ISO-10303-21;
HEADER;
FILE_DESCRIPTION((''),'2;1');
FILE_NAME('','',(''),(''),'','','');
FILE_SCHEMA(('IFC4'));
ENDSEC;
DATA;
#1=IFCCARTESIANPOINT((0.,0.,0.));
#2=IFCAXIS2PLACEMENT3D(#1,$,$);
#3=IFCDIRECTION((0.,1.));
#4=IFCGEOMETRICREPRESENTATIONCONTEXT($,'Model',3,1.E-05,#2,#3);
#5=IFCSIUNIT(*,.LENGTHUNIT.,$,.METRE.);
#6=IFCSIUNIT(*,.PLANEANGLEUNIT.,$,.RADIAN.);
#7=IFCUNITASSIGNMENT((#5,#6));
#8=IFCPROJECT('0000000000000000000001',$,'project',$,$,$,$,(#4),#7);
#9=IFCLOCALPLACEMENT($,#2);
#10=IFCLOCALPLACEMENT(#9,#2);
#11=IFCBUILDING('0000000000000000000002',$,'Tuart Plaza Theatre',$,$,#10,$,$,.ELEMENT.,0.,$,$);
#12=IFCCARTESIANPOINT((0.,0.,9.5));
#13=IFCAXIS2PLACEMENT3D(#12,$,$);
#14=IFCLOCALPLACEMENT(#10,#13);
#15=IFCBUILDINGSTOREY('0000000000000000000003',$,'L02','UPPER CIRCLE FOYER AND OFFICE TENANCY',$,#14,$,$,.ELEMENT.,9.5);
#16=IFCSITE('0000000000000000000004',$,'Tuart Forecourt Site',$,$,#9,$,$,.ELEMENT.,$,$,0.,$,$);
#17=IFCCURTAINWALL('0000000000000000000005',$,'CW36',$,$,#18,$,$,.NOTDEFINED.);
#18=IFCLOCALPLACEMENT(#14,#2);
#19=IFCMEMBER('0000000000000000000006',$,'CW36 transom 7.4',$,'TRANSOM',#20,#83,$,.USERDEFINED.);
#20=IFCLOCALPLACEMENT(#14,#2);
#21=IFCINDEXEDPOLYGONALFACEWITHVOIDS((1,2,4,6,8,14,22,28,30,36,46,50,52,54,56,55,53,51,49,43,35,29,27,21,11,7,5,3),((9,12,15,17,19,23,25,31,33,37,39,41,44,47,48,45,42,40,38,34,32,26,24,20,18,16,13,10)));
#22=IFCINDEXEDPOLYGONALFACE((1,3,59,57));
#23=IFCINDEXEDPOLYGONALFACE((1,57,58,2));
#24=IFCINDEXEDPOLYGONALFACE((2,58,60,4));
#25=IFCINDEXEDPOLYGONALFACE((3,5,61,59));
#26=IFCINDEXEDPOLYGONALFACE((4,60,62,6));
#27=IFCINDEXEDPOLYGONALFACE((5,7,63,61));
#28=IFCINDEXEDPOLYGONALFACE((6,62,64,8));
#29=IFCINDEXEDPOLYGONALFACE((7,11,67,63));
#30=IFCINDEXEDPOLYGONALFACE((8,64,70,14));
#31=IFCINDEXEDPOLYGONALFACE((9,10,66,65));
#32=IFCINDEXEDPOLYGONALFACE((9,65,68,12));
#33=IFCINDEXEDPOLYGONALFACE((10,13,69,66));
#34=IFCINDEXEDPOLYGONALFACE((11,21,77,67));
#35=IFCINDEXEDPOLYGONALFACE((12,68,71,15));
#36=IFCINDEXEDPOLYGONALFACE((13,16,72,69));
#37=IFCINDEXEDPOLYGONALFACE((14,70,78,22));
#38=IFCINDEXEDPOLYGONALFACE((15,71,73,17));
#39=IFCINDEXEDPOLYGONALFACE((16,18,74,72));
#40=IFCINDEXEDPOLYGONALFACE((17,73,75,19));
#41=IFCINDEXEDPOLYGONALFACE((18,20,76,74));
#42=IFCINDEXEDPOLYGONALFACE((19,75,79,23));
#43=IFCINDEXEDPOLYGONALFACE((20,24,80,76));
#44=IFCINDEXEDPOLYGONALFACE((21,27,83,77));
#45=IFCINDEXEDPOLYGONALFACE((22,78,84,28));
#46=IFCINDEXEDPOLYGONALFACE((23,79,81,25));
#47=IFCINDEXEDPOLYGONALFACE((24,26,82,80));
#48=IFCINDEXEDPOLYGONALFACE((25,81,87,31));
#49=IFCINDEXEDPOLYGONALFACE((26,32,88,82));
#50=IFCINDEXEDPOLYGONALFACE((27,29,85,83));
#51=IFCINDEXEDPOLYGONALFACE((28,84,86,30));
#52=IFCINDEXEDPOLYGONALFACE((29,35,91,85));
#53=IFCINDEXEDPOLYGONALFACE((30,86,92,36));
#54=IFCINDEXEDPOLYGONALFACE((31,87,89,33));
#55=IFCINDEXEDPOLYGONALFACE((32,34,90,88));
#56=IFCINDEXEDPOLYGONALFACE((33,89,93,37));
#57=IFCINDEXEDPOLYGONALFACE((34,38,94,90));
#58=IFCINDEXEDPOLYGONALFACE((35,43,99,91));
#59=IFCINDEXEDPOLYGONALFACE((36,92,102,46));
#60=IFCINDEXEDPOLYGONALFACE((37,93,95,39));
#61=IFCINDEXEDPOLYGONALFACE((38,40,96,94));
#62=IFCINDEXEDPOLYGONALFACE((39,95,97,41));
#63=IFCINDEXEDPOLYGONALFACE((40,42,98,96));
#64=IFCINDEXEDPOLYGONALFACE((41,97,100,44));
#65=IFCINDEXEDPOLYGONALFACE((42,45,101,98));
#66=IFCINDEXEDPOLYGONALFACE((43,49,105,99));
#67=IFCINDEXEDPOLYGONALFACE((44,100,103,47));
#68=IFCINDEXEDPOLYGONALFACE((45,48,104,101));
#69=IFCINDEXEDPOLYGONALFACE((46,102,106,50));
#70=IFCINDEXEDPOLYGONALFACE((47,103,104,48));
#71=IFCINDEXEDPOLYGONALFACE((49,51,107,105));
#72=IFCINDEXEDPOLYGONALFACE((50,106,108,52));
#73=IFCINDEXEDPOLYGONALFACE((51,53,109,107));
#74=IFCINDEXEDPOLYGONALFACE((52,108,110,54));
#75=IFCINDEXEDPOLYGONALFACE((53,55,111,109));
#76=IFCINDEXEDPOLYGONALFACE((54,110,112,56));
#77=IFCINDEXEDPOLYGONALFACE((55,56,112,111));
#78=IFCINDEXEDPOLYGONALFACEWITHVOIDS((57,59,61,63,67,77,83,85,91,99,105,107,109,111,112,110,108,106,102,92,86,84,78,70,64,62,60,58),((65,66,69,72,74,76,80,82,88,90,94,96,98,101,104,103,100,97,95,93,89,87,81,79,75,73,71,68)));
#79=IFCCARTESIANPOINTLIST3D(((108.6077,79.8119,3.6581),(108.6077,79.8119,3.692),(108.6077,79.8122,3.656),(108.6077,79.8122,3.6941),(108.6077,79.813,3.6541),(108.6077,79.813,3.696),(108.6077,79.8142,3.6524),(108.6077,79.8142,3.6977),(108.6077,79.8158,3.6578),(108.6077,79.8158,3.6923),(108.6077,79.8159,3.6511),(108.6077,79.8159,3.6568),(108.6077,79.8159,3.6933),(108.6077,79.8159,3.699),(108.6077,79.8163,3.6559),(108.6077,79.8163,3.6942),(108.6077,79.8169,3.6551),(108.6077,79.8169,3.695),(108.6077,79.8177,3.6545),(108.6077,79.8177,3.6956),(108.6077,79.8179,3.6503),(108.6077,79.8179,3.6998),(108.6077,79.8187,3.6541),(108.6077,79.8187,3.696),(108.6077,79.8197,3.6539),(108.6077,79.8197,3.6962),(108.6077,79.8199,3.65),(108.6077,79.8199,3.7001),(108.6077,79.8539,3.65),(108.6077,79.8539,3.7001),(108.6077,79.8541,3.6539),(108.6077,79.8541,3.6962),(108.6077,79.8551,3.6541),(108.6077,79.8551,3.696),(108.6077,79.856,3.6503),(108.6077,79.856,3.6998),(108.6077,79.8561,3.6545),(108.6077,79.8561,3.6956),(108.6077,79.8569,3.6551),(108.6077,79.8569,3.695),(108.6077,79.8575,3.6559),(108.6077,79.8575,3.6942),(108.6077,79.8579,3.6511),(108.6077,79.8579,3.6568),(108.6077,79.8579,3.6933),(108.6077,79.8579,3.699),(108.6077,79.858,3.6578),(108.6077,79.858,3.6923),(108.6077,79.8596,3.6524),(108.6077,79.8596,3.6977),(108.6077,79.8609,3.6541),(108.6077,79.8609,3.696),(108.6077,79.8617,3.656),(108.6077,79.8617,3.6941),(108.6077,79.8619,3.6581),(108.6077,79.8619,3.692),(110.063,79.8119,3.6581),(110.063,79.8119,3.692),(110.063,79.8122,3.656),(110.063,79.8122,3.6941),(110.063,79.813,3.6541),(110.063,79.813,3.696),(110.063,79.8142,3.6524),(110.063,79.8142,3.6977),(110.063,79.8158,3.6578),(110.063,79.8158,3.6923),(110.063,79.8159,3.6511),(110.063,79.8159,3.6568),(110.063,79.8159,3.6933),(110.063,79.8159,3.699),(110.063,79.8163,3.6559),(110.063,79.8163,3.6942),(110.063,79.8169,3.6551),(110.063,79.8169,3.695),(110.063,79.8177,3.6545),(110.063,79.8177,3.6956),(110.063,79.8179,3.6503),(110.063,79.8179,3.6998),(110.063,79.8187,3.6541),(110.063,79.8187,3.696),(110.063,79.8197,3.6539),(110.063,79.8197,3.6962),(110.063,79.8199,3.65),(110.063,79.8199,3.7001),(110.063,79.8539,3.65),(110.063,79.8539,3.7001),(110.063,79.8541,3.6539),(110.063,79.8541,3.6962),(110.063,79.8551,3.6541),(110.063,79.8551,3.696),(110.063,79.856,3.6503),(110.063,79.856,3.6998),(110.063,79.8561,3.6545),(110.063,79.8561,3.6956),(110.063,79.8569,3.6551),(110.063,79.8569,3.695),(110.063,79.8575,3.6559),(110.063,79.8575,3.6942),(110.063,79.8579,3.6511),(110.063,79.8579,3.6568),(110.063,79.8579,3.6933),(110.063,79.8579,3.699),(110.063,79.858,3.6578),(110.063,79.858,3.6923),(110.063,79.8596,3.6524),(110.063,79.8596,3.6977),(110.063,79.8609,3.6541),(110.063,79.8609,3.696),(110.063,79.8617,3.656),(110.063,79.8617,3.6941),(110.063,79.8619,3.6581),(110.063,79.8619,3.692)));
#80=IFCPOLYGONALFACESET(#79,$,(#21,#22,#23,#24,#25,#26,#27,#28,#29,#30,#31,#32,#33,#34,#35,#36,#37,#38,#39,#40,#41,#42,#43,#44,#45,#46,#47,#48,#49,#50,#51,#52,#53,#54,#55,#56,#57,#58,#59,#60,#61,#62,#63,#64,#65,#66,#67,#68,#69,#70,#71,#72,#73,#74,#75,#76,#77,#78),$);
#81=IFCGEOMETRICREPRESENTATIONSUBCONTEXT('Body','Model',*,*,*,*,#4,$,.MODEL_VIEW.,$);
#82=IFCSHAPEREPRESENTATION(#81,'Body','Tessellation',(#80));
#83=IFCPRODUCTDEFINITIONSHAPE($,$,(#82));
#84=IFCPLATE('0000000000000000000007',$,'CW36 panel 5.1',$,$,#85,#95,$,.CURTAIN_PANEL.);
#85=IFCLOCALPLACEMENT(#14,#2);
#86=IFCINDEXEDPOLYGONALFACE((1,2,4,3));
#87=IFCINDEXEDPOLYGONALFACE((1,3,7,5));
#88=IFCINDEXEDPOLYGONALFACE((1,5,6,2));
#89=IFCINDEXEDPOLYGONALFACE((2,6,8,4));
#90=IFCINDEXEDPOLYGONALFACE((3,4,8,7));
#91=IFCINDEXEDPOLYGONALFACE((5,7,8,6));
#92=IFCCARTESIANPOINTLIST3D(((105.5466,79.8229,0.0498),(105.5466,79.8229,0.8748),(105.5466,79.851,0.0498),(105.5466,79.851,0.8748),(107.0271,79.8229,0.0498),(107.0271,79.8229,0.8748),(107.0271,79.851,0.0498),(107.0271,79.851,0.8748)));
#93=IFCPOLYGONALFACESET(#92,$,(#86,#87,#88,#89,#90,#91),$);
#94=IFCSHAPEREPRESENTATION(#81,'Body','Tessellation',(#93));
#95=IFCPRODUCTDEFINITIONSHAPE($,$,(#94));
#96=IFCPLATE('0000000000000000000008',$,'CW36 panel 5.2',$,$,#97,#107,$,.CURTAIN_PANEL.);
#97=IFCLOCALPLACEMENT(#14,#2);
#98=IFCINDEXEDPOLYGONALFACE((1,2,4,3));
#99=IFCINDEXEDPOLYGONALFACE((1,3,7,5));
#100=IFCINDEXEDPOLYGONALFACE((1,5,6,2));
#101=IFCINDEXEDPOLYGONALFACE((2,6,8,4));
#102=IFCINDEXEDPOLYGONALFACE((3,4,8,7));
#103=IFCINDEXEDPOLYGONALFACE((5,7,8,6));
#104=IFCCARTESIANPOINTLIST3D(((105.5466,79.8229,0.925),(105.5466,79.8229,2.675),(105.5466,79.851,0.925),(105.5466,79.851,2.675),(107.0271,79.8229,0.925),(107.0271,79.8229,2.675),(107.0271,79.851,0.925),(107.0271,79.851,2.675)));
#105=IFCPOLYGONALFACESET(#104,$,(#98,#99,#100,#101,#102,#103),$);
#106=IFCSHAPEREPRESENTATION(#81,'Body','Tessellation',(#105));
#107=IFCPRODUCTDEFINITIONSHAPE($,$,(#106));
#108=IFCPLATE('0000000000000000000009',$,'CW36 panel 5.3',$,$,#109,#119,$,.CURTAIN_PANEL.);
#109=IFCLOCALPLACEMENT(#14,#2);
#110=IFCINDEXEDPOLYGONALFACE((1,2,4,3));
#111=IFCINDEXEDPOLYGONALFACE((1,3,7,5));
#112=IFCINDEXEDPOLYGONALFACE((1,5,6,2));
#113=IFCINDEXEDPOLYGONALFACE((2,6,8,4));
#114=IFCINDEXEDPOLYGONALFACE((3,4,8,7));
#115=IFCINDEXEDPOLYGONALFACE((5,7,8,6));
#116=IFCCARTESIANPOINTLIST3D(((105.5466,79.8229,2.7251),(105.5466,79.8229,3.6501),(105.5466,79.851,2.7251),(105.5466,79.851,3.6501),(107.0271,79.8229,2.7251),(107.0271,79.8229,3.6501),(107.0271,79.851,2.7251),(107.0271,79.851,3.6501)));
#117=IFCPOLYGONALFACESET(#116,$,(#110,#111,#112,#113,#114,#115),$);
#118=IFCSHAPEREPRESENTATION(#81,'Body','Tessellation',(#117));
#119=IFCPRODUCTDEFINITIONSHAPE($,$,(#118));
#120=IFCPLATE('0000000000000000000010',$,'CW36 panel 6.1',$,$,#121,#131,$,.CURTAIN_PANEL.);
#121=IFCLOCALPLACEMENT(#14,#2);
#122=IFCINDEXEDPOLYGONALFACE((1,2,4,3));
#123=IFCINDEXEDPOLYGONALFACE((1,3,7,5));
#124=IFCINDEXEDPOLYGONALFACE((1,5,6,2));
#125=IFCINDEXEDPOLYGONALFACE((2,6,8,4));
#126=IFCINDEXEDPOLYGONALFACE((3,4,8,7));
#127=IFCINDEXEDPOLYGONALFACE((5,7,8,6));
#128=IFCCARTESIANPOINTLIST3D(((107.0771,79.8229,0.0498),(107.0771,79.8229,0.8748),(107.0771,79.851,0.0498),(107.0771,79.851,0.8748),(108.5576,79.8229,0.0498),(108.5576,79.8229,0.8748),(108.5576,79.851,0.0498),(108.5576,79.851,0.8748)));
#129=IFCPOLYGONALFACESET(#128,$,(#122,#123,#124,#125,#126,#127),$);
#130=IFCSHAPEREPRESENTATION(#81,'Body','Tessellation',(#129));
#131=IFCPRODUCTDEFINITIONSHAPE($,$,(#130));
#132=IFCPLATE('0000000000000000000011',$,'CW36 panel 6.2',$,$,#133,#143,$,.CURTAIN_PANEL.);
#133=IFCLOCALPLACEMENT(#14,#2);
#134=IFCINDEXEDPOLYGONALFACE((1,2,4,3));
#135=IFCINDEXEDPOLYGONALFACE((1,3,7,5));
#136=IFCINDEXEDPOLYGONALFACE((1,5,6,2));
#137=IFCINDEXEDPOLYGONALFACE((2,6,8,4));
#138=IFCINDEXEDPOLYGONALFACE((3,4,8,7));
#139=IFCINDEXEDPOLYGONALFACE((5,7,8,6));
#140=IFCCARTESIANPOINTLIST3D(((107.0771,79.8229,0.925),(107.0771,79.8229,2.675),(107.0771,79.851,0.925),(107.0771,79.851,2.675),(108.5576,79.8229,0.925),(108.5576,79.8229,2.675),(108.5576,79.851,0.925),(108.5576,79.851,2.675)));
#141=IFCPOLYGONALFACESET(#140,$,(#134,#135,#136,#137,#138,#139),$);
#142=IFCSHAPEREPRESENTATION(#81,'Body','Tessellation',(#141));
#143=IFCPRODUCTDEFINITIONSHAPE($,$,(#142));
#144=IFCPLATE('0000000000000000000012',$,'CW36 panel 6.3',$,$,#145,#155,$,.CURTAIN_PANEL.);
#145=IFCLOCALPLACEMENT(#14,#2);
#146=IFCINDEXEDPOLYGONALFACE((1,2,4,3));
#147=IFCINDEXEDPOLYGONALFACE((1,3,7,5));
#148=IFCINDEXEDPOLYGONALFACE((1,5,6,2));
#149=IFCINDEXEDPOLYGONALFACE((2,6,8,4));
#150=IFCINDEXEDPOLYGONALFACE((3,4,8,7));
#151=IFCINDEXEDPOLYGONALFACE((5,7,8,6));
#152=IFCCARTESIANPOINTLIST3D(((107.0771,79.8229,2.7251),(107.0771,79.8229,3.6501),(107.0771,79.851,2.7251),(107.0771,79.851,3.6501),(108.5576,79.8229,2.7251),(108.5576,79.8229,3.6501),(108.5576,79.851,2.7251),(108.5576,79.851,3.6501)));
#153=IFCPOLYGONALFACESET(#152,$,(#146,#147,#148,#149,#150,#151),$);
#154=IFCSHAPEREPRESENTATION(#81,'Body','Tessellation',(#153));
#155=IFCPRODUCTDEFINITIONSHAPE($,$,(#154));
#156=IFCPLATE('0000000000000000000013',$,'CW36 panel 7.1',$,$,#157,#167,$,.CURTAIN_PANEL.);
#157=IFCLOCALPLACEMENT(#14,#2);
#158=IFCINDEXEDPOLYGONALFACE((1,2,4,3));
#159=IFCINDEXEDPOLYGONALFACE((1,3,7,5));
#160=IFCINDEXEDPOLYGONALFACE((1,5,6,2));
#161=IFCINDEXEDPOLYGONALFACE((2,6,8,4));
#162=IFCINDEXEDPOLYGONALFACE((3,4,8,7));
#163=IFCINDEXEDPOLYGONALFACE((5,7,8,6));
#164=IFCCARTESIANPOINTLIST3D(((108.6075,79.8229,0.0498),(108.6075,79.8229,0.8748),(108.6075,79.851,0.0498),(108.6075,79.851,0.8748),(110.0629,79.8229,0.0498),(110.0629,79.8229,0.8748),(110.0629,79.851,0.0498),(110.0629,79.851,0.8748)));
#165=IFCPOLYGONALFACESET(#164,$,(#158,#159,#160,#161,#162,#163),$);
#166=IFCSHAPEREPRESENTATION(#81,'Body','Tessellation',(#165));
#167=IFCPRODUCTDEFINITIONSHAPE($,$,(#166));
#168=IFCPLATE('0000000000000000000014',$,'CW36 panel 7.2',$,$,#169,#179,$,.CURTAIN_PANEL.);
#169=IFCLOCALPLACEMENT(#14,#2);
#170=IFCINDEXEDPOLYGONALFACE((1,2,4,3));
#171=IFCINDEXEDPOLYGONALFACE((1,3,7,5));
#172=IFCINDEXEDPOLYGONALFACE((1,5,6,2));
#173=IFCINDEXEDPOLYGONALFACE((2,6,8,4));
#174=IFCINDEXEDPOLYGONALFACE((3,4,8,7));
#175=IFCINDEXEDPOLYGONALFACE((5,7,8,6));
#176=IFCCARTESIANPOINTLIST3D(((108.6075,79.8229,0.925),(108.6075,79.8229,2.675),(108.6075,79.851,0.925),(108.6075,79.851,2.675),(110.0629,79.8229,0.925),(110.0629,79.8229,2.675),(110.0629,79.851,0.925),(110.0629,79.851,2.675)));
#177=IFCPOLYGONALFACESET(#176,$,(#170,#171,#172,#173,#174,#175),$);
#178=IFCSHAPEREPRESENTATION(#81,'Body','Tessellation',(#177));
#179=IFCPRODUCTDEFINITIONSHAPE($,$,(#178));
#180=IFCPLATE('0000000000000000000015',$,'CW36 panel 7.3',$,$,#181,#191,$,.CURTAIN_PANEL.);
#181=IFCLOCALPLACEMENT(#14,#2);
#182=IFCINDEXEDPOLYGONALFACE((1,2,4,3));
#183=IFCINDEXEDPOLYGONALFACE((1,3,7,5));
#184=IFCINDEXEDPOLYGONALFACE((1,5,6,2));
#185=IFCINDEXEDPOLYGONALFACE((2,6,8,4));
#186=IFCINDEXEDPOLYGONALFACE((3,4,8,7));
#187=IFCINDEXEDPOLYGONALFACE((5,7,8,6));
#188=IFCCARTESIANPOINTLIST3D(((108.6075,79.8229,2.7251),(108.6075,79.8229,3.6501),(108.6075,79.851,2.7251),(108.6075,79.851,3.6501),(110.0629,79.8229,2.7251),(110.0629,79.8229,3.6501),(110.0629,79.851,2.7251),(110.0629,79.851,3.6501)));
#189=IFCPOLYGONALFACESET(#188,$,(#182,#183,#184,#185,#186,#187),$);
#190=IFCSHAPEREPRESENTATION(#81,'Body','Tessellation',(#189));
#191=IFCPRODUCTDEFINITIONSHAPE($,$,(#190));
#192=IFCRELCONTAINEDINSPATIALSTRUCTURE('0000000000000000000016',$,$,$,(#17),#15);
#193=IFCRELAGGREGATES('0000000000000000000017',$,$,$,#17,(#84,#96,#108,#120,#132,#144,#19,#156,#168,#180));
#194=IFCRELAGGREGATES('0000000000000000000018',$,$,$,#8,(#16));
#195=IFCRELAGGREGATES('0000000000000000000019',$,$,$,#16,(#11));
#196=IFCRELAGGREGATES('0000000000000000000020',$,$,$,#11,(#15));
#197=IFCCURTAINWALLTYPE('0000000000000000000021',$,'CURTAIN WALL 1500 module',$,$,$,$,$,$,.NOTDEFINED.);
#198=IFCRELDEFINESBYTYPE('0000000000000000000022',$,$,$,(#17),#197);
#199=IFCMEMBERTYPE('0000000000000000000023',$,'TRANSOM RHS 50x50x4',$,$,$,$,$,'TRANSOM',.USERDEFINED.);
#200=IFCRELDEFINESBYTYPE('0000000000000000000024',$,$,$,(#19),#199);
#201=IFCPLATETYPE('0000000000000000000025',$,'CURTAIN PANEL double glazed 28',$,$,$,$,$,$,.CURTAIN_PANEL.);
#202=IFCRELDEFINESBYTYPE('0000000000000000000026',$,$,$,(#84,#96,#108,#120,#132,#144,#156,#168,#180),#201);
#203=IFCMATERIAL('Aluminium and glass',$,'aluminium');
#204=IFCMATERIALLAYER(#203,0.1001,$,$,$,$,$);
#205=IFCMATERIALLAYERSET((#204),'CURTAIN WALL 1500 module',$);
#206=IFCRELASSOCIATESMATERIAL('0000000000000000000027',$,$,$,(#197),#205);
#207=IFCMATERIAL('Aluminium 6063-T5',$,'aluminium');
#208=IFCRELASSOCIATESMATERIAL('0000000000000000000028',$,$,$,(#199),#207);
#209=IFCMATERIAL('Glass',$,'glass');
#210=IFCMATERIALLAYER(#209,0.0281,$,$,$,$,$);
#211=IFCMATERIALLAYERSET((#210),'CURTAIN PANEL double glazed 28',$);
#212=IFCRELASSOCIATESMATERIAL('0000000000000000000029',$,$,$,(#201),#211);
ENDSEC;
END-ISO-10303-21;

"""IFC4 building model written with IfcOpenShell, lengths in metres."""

from ifc_helpers import new_model, si_unit, direction, frame, origin, origin_2d, place, context, subcontext, project, spatial, rectangle, hollow_rectangle, extrude, material, layer, layer_set, material_profile, profile_set, type_object, element, aggregate, save


model = new_model("IFC4")

# Units and contexts
model_context = context("Model", 3, precision=1e-05, world=origin(), true_north=direction((0.0, 1.0)))
body_context = subcontext(model_context, "Body", "Model", "MODEL_VIEW")
ifc_project = project(units=[si_unit("LENGTHUNIT", "METRE"), si_unit("PLANEANGLEUNIT", "RADIAN")], contexts=[model_context])

# Site, building, storey
site_placement = place(None, origin())
site = spatial("IfcSite", under=ifc_project, at=site_placement, Name="Tuart Forecourt Site", CompositionType="ELEMENT", RefElevation=0.0)
building_placement = place(site_placement, origin())
building = spatial("IfcBuilding", under=site, at=building_placement, Name="Tuart Plaza Theatre", CompositionType="ELEMENT", ElevationOfRefHeight=0.0)
storey_placement = place(building_placement, frame((0.0, 0.0, 9.5)))
storey = spatial("IfcBuildingStorey", under=building, at=storey_placement, Name="L02", Description="UPPER CIRCLE FOYER AND OFFICE TENANCY", CompositionType="ELEMENT", Elevation=9.5)

# Curtain wall, member, plates
ifc_material_1 = material(Name="Aluminium and glass", Category="aluminium")
ifc_layer_1 = layer(ifc_material_1, 0.1001)
ifc_layer_set_1 = layer_set([ifc_layer_1], Name="CURTAIN WALL 1500 module")
curtain_wall_type = type_object("IfcCurtainWallType", Name="CURTAIN WALL 1500 module", PredefinedType="NOTDEFINED", material=ifc_layer_set_1)
curtain_wall_placement = place(storey_placement, origin())
curtain_wall = element("IfcCurtainWall", 1, at=curtain_wall_placement, inside=storey, type_object=curtain_wall_type, Name="CW36", PredefinedType="NOTDEFINED")
ifc_material_2 = material(Name="Aluminium 6063-T5", Category="aluminium")
ifc_material_profile_1 = material_profile(ifc_material_2, hollow_rectangle(XDim=0.05, YDim=0.05, WallThickness=0.0039, InnerFilletRadius=0.0039, OuterFilletRadius=0.0081, at=origin_2d()), Name="RHS 50x50x4")
ifc_profile_set_1 = profile_set([ifc_material_profile_1], Name="Aluminium 6063-T5")
member_type_1 = type_object("IfcMemberType", Name="TRANSOM RHS 50x50x4", ElementType="TRANSOM", PredefinedType="USERDEFINED", material=ifc_profile_set_1)
member_1_placement = place(storey_placement, frame((108.6077, 79.8369, 3.675), z_axis=(1.0, 0.0, 0.0), x_axis=(0.0, 1.0, 0.0)))
member_1 = element("IfcMember", 2, at=member_1_placement, type_object=member_type_1, Name="CW36 transom 7.4", ObjectType="TRANSOM", PredefinedType="USERDEFINED", context=body_context, shape_type="SweptSolid", body=[
    extrude(hollow_rectangle(XDim=0.05, YDim=0.05, WallThickness=0.0039, InnerFilletRadius=0.0039, OuterFilletRadius=0.0081, at=origin_2d()), origin(), (0.0, 0.0, 1.0), 1.4553),
])
ifc_material_3 = material(Name="Glass", Category="glass")
ifc_layer_2 = layer(ifc_material_3, 0.0281)
ifc_layer_set_2 = layer_set([ifc_layer_2], Name="CURTAIN PANEL double glazed 28")
plate_type = type_object("IfcPlateType", Name="CURTAIN PANEL double glazed 28", PredefinedType="CURTAIN_PANEL", material=ifc_layer_set_2)
plate_1_placement = place(storey_placement, frame((106.2869, 79.8369, 0.0498), z_axis=(0.0, 0.0, 1.0), x_axis=(1.0, 0.0, 0.0)))
plate_1 = element("IfcPlate", 3, at=plate_1_placement, type_object=plate_type, Name="CW36 panel 5.1", PredefinedType="CURTAIN_PANEL", context=body_context, shape_type="SweptSolid", body=[
    extrude(rectangle(XDim=1.4805, YDim=0.0281, at=origin_2d()), origin(), (0.0, 0.0, 1.0), 0.825),
])
plate_2_placement = place(storey_placement, frame((106.2869, 79.8369, 0.925), z_axis=(0.0, 0.0, 1.0), x_axis=(1.0, 0.0, 0.0)))
plate_2 = element("IfcPlate", 4, at=plate_2_placement, type_object=plate_type, Name="CW36 panel 5.2", PredefinedType="CURTAIN_PANEL", context=body_context, shape_type="SweptSolid", body=[
    extrude(rectangle(XDim=1.4805, YDim=0.0281, at=origin_2d()), origin(), (0.0, 0.0, 1.0), 1.75),
])
plate_3_placement = place(storey_placement, frame((106.2869, 79.8369, 2.7251), z_axis=(0.0, 0.0, 1.0), x_axis=(1.0, 0.0, 0.0)))
plate_3 = element("IfcPlate", 5, at=plate_3_placement, type_object=plate_type, Name="CW36 panel 5.3", PredefinedType="CURTAIN_PANEL", context=body_context, shape_type="SweptSolid", body=[
    extrude(rectangle(XDim=1.4805, YDim=0.0281, at=origin_2d()), origin(), (0.0, 0.0, 1.0), 0.925),
])
plate_4_placement = place(storey_placement, frame((107.8174, 79.8369, 0.0498), z_axis=(0.0, 0.0, 1.0), x_axis=(1.0, 0.0, 0.0)))
plate_4 = element("IfcPlate", 6, at=plate_4_placement, type_object=plate_type, Name="CW36 panel 6.1", PredefinedType="CURTAIN_PANEL", context=body_context, shape_type="SweptSolid", body=[
    extrude(rectangle(XDim=1.4805, YDim=0.0281, at=origin_2d()), origin(), (0.0, 0.0, 1.0), 0.825),
])
plate_5_placement = place(storey_placement, frame((107.8174, 79.8369, 0.925), z_axis=(0.0, 0.0, 1.0), x_axis=(1.0, 0.0, 0.0)))
plate_5 = element("IfcPlate", 7, at=plate_5_placement, type_object=plate_type, Name="CW36 panel 6.2", PredefinedType="CURTAIN_PANEL", context=body_context, shape_type="SweptSolid", body=[
    extrude(rectangle(XDim=1.4805, YDim=0.0281, at=origin_2d()), origin(), (0.0, 0.0, 1.0), 1.75),
])
plate_6_placement = place(storey_placement, frame((107.8174, 79.8369, 2.7251), z_axis=(0.0, 0.0, 1.0), x_axis=(1.0, 0.0, 0.0)))
plate_6 = element("IfcPlate", 8, at=plate_6_placement, type_object=plate_type, Name="CW36 panel 6.3", PredefinedType="CURTAIN_PANEL", context=body_context, shape_type="SweptSolid", body=[
    extrude(rectangle(XDim=1.4805, YDim=0.0281, at=origin_2d()), origin(), (0.0, 0.0, 1.0), 0.925),
])
plate_7_placement = place(storey_placement, frame((109.3352, 79.8369, 0.0498), z_axis=(0.0, 0.0, 1.0), x_axis=(1.0, 0.0, 0.0)))
plate_7 = element("IfcPlate", 9, at=plate_7_placement, type_object=plate_type, Name="CW36 panel 7.1", PredefinedType="CURTAIN_PANEL", context=body_context, shape_type="SweptSolid", body=[
    extrude(rectangle(XDim=1.4553, YDim=0.0281, at=origin_2d()), origin(), (0.0, 0.0, 1.0), 0.825),
])
plate_8_placement = place(storey_placement, frame((109.3352, 79.8369, 0.925), z_axis=(0.0, 0.0, 1.0), x_axis=(1.0, 0.0, 0.0)))
plate_8 = element("IfcPlate", 10, at=plate_8_placement, type_object=plate_type, Name="CW36 panel 7.2", PredefinedType="CURTAIN_PANEL", context=body_context, shape_type="SweptSolid", body=[
    extrude(rectangle(XDim=1.4553, YDim=0.0281, at=origin_2d()), origin(), (0.0, 0.0, 1.0), 1.75),
])
plate_9_placement = place(storey_placement, frame((109.3352, 79.8369, 2.7251), z_axis=(0.0, 0.0, 1.0), x_axis=(1.0, 0.0, 0.0)))
plate_9 = element("IfcPlate", 11, at=plate_9_placement, type_object=plate_type, Name="CW36 panel 7.3", PredefinedType="CURTAIN_PANEL", context=body_context, shape_type="SweptSolid", body=[
    extrude(rectangle(XDim=1.4553, YDim=0.0281, at=origin_2d()), origin(), (0.0, 0.0, 1.0), 0.925),
])
aggregate(curtain_wall, [plate_1, plate_2, plate_3, plate_4, plate_5, plate_6, member_1, plate_7, plate_8, plate_9])

save(model, "model.ifc")
